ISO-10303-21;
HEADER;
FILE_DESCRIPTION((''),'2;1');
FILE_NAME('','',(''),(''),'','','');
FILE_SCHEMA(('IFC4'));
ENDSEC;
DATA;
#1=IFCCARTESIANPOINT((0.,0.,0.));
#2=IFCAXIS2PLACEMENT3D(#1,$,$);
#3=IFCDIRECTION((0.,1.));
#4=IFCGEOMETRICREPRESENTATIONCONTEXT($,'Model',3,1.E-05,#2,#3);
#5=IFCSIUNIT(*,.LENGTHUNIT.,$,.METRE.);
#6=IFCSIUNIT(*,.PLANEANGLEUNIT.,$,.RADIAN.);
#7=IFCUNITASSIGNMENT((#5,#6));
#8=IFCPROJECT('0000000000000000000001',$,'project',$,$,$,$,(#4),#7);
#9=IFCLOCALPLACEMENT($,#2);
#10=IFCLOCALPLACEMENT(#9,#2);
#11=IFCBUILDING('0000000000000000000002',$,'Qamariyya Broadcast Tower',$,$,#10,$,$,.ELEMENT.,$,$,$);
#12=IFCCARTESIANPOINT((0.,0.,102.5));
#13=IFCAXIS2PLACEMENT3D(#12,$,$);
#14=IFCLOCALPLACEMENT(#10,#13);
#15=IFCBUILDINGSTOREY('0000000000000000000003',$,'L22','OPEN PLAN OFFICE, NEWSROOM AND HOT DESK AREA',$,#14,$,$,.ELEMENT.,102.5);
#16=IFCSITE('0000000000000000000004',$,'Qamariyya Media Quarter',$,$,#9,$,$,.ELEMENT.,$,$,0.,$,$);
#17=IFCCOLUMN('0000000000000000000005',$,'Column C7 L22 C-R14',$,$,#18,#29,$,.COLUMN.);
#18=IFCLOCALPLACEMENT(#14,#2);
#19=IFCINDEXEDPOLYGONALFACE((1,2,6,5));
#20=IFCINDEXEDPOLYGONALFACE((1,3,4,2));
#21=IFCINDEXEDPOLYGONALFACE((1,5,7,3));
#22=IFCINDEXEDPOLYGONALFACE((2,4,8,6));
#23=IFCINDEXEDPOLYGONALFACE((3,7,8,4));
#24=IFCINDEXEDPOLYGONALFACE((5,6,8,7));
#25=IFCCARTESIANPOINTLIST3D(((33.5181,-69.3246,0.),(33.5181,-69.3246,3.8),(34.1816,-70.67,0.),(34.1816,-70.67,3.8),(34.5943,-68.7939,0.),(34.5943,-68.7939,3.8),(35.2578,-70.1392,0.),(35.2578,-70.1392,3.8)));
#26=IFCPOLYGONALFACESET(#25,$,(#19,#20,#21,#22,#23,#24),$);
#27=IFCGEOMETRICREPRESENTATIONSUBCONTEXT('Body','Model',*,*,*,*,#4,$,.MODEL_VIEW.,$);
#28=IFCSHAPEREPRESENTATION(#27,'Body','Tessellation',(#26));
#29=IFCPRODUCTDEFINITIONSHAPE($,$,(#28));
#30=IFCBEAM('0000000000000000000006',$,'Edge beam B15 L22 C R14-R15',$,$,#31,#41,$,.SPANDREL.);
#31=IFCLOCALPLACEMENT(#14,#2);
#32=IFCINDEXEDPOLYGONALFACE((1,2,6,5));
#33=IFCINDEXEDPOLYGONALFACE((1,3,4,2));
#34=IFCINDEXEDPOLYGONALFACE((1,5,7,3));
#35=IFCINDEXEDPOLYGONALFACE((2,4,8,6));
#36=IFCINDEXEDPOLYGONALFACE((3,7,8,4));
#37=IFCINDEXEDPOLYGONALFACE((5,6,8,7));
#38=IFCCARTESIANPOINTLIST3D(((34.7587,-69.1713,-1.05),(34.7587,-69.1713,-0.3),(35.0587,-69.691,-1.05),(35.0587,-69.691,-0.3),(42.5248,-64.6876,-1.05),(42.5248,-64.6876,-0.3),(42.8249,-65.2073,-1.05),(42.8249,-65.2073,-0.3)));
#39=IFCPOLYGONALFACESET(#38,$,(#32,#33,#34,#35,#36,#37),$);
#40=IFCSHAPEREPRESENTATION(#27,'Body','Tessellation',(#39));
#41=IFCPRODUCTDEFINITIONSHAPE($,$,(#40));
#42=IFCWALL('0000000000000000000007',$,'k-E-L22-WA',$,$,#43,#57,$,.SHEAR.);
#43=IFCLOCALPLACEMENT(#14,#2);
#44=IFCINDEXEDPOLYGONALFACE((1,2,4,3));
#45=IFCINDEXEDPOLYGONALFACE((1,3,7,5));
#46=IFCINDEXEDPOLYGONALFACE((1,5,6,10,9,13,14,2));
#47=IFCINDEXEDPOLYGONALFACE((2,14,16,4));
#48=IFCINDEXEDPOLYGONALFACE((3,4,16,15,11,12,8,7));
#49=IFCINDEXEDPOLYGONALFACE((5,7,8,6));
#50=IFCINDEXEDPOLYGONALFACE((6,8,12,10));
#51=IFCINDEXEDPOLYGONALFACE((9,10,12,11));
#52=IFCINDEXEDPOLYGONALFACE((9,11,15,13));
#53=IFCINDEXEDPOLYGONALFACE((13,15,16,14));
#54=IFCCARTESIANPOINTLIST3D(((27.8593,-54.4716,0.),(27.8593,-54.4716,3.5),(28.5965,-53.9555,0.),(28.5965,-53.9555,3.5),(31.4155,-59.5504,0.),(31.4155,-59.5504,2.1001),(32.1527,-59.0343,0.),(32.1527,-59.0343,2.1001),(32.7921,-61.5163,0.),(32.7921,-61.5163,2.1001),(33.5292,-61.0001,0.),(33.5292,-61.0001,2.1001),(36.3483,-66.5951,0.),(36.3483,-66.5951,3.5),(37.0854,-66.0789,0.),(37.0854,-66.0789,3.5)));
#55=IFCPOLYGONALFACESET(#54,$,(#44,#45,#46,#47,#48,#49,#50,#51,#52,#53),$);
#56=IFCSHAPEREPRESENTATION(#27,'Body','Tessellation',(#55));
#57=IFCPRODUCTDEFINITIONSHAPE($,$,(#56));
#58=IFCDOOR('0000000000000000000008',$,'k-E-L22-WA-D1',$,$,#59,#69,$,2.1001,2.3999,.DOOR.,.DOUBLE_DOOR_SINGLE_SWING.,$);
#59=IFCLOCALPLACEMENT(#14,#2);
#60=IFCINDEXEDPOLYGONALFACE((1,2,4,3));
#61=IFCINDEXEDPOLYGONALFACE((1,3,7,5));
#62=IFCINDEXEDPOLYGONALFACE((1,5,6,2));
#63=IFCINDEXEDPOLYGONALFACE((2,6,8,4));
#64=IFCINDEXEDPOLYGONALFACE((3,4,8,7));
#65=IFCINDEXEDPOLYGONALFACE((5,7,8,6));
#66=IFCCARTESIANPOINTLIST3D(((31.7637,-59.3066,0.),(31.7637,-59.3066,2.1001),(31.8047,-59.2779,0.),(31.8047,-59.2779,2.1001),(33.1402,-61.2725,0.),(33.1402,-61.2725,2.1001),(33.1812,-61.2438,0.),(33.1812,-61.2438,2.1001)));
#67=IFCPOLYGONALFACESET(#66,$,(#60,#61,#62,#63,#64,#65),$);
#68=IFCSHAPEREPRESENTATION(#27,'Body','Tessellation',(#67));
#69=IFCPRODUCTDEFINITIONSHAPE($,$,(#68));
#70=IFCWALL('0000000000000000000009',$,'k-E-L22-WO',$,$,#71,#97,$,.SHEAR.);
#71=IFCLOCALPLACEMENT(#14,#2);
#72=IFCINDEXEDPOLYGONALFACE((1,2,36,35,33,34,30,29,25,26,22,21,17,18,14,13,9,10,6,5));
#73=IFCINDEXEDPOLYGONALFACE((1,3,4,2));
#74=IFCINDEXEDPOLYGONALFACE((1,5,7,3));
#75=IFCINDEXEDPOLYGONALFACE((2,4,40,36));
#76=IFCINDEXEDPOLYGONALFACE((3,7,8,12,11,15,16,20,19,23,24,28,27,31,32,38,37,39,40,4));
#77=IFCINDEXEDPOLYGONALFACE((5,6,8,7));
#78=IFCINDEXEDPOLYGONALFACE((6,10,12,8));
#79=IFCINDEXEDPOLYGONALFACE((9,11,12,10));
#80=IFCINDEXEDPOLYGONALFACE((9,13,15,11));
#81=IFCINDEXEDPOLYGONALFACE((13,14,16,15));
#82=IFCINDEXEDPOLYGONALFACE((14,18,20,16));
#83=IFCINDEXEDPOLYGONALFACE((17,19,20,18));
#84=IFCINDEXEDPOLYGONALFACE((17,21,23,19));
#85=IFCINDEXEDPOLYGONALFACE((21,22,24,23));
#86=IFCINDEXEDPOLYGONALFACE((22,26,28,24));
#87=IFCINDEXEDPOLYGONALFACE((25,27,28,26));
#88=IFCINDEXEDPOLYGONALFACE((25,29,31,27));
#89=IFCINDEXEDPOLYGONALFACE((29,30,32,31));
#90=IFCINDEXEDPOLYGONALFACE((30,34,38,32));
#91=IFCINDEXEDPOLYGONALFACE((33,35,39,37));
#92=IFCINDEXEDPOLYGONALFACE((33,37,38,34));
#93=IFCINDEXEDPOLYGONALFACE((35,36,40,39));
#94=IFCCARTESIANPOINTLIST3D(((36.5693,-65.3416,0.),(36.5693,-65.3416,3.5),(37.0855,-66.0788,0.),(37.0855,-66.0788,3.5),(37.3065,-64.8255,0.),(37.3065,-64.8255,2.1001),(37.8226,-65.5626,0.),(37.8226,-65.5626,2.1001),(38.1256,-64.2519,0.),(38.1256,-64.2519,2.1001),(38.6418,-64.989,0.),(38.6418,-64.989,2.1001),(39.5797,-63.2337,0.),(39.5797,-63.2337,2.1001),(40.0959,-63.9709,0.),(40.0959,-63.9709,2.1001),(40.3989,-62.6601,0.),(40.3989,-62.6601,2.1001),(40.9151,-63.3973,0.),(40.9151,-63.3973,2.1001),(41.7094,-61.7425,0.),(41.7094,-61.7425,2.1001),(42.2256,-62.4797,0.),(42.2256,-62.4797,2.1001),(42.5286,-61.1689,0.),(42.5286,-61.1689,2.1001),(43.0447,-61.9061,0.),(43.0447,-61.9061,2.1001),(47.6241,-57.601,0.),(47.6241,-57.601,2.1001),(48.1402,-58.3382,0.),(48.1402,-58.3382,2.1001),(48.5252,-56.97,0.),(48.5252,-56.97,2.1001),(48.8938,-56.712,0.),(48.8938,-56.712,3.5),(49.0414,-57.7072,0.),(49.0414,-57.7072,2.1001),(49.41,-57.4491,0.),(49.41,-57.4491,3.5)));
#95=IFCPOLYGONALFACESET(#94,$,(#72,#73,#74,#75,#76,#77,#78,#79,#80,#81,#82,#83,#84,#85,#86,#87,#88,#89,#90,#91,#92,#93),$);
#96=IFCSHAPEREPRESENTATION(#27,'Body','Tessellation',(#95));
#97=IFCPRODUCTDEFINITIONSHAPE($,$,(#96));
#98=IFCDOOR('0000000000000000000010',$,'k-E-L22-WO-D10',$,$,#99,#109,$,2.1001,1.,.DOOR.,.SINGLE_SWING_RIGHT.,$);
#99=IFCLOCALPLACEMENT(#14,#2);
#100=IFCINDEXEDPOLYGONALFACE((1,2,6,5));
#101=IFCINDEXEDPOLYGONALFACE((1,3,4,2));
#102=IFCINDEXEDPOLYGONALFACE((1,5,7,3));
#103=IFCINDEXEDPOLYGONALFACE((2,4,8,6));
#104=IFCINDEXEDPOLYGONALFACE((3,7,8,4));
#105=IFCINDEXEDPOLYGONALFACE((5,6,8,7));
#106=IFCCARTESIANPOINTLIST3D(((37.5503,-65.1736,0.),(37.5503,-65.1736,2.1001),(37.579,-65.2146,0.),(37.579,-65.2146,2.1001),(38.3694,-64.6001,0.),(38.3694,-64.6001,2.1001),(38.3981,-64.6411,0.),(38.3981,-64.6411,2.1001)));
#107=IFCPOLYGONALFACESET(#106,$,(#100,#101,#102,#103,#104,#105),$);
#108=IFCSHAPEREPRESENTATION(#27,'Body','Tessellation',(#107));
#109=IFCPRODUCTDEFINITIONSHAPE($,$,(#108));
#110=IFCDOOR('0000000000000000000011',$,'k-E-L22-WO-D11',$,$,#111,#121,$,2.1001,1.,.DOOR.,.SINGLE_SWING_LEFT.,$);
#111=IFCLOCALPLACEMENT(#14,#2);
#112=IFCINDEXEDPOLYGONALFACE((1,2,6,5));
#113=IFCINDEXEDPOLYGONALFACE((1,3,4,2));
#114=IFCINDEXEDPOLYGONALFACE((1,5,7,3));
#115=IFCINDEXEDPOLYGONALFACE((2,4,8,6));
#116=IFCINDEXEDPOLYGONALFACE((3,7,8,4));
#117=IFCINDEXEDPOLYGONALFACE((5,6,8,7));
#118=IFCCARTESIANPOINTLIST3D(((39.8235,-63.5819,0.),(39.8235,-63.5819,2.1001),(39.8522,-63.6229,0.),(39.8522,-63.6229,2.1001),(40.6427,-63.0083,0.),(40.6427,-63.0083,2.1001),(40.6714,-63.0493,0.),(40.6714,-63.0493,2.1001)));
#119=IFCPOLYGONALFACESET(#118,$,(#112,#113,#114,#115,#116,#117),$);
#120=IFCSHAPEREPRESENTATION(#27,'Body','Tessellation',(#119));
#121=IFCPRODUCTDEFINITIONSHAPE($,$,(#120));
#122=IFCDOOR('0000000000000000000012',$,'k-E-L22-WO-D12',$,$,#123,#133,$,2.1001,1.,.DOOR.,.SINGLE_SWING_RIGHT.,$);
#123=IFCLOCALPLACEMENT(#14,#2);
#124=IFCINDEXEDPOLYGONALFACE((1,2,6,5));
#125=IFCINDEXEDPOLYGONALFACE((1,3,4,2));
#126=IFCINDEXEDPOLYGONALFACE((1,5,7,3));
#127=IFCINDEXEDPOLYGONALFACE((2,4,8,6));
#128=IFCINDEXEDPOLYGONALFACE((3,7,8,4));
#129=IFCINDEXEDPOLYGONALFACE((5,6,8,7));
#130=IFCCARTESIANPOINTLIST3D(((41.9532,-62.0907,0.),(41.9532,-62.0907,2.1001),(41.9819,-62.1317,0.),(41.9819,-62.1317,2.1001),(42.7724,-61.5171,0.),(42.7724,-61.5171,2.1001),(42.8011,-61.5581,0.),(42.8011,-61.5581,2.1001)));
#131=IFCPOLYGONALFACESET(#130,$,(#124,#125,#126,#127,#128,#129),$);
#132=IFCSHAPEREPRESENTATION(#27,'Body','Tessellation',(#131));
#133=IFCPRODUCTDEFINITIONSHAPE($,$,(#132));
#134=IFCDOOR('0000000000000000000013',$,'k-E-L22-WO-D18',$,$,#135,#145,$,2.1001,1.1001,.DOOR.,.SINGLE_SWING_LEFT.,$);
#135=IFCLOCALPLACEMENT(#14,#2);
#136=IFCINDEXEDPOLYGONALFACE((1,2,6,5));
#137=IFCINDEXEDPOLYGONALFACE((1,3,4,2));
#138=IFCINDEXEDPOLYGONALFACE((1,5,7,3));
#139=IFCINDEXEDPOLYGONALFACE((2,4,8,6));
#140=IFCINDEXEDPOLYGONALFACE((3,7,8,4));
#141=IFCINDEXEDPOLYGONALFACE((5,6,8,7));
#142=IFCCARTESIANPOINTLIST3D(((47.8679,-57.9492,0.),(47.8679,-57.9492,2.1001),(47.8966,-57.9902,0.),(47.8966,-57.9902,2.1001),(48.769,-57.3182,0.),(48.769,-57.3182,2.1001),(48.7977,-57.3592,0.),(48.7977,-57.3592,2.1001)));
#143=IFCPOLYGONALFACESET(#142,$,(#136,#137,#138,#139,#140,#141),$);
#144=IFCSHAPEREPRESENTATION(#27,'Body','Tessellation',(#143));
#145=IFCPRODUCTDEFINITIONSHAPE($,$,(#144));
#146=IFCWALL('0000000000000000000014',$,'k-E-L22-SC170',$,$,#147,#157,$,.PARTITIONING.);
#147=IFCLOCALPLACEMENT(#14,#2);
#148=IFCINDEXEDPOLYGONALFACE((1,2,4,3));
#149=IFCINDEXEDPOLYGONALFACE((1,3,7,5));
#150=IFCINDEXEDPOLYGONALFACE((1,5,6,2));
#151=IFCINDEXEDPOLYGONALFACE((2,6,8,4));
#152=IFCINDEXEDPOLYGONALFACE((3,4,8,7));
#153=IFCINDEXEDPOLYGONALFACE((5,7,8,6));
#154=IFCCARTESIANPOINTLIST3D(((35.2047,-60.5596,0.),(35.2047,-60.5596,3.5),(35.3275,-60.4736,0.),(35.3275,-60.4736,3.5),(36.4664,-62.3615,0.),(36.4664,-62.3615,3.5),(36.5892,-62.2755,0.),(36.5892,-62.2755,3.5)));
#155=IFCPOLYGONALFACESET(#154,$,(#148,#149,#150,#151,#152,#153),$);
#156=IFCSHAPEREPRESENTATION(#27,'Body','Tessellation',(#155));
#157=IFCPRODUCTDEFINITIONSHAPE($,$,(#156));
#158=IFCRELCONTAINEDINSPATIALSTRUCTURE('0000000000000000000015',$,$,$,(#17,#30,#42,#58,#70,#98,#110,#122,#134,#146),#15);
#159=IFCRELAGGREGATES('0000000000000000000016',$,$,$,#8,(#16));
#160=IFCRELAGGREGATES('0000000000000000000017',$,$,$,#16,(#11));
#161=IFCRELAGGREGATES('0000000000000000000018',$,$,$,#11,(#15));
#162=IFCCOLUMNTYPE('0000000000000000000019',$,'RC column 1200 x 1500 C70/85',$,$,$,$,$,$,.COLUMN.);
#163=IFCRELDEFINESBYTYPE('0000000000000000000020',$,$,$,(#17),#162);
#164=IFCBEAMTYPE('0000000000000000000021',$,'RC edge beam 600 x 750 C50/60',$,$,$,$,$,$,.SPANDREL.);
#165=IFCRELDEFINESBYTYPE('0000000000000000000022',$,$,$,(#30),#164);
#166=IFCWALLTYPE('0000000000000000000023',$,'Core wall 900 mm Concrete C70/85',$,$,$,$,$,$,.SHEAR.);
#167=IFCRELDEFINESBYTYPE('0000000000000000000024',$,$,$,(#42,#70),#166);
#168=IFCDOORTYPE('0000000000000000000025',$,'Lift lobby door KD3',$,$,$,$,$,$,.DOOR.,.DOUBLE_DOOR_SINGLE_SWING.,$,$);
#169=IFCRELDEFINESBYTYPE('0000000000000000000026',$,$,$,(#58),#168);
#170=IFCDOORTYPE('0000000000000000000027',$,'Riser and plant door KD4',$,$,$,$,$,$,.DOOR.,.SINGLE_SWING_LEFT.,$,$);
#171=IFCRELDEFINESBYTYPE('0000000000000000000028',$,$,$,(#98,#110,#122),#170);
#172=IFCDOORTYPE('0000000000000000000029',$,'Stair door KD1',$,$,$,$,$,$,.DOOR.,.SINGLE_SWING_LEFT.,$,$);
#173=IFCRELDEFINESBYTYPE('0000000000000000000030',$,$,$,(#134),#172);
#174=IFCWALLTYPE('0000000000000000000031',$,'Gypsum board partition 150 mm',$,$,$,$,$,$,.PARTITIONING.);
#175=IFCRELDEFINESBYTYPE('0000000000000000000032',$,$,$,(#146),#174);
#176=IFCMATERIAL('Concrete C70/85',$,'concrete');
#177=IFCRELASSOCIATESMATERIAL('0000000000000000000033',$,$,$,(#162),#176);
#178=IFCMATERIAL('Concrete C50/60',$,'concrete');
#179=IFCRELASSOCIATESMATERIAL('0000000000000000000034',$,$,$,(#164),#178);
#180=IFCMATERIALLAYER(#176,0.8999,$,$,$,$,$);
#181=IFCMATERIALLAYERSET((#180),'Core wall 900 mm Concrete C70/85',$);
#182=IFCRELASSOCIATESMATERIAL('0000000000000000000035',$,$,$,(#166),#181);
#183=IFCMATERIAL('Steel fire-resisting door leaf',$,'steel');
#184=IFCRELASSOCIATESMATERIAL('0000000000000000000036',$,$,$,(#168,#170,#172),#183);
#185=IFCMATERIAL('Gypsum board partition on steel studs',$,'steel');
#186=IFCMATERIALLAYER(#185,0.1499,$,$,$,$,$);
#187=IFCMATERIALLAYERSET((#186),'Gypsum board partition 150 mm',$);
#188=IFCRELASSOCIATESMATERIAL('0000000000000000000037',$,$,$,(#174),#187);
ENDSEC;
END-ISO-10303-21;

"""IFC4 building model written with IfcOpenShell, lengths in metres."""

from ifc_helpers import new_model, si_unit, direction, frame, frame_2d, origin, origin_2d, place, context, subcontext, project, spatial, rectangle, extrude, material, layer, layer_set, material_profile, profile_set, type_object, element, fill, save


model = new_model("IFC4")

# Units and contexts
model_context = context("Model", 3, precision=1e-05, world=origin(), true_north=direction((0.0, 1.0)))
body_context = subcontext(model_context, "Body", "Model", "MODEL_VIEW")
ifc_project = project(units=[si_unit("LENGTHUNIT", "METRE"), si_unit("PLANEANGLEUNIT", "RADIAN")], contexts=[model_context])

# Site, building, storey
site_placement = place(None, origin())
site = spatial("IfcSite", under=ifc_project, at=site_placement, Name="Qamariyya Media Quarter", CompositionType="ELEMENT", RefElevation=0.0)
building_placement = place(site_placement, origin())
building = spatial("IfcBuilding", under=site, at=building_placement, Name="Qamariyya Broadcast Tower", CompositionType="ELEMENT")
storey_placement = place(building_placement, frame((0.0, 0.0, 102.5)))
storey = spatial("IfcBuildingStorey", under=building, at=storey_placement, Name="L22", Description="OPEN PLAN OFFICE, NEWSROOM AND HOT DESK AREA", CompositionType="ELEMENT", Elevation=102.5)

# Column
ifc_material_1 = material(Name="Concrete C70/85", Category="concrete")
ifc_material_profile_1 = material_profile(ifc_material_1, rectangle(XDim=1.2, YDim=1.5, at=origin_2d()))
ifc_profile_set_1 = profile_set([ifc_material_profile_1], Name="Concrete C70/85")
column_type = type_object("IfcColumnType", Name="RC column 1200 x 1500 C70/85", PredefinedType="COLUMN", material=ifc_profile_set_1)
column_placement = place(storey_placement, frame((34.3879, -69.7319, 0.0), z_axis=(0.0, 0.0, 1.0), x_axis=(0.896873, 0.442289, 0.0)))
element("IfcColumn", 1, at=column_placement, inside=storey, type_object=column_type, Name="Column C7 L22 C-R14", PredefinedType="COLUMN", context=body_context, shape_type="SweptSolid", body=[
    extrude(rectangle(XDim=1.2, YDim=1.5, at=origin_2d()), origin(), (0.0, 0.0, 1.0), 3.8),
])

# Beam
ifc_material_2 = material(Name="Concrete C50/60", Category="concrete")
ifc_material_profile_2 = material_profile(ifc_material_2, rectangle(XDim=0.6001, YDim=0.75, at=origin_2d()))
ifc_profile_set_2 = profile_set([ifc_material_profile_2], Name="Concrete C50/60")
beam_type = type_object("IfcBeamType", Name="RC edge beam 600 x 750 C50/60", PredefinedType="SPANDREL", material=ifc_profile_set_2)
beam_placement = place(storey_placement, frame((34.9087, -69.4312, -0.675), z_axis=(0.866031, 0.49999, 0.0), x_axis=(-0.49999, 0.866031, 0.0)))
element("IfcBeam", 2, at=beam_placement, inside=storey, type_object=beam_type, Name="Edge beam B15 L22 C R14-R15", PredefinedType="SPANDREL", context=body_context, shape_type="SweptSolid", body=[
    extrude(rectangle(XDim=0.6001, YDim=0.75, at=origin_2d()), origin(), (0.0, 0.0, 1.0), 8.9675),
])

# Wall, opening, door
ifc_layer_1 = layer(ifc_material_1, 0.8999)
ifc_layer_set_1 = layer_set([ifc_layer_1], Name="Core wall 900 mm Concrete C70/85")
wall_type_1 = type_object("IfcWallType", Name="Core wall 900 mm Concrete C70/85", PredefinedType="SHEAR", material=ifc_layer_set_1)
wall_1_placement = place(storey_placement, frame((36.7168, -66.3369, 0.0), z_axis=(0.0, 0.0, 1.0), x_axis=(-0.573577, 0.819151, 0.0)))
wall_1 = element("IfcWall", 3, at=wall_1_placement, inside=storey, type_object=wall_type_1, Name="k-E-L22-WA", PredefinedType="SHEAR", context=body_context, shape_type="SweptSolid", body=[
    extrude(rectangle(XDim=14.8, YDim=0.8999, at=frame_2d((7.3999, 0.0))), origin(), (0.0, 0.0, 1.0), 3.5),
])
opening_1_placement = place(wall_1_placement, frame((6.2, 0.0, 0.0)))
opening_1 = element("IfcOpeningElement", 4, at=opening_1_placement, cuts=wall_1, PredefinedType="OPENING", context=body_context, shape_type="SweptSolid", body=[
    extrude(rectangle(XDim=2.3999, YDim=2.1001, at=frame_2d((1.2, 1.05))), frame((0.0, 0.46, 0.0), z_axis=(0.0, -1.0, 0.0), x_axis=(1.0, 0.0, 0.0)), (0.0, 0.0, 1.0), 0.9199),
])
ifc_material_3 = material(Name="Steel fire-resisting door leaf", Category="steel")
door_type_1 = type_object("IfcDoorType", Name="Lift lobby door KD3", OperationType="DOUBLE_DOOR_SINGLE_SWING", PredefinedType="DOOR", material=ifc_material_3)
door_1_placement = place(opening_1_placement, origin())
door_1 = element("IfcDoor", 5, at=door_1_placement, inside=storey, type_object=door_type_1, Name="k-E-L22-WA-D1", OperationType="DOUBLE_DOOR_SINGLE_SWING", OverallHeight=2.1001, OverallWidth=2.3999, PredefinedType="DOOR", context=body_context, shape_type="SweptSolid", body=[
    extrude(rectangle(XDim=2.3999, YDim=2.1001, at=frame_2d((1.2, 1.05))), frame((0.0, 0.0249, 0.0), z_axis=(0.0, -1.0, 0.0), x_axis=(1.0, 0.0, 0.0)), (0.0, 0.0, 1.0), 0.05),
])
fill(opening_1, door_1)

# Wall, openings, doors
wall_2_placement = place(storey_placement, frame((36.8274, -65.7102, 0.0), z_axis=(0.0, 0.0, 1.0), x_axis=(0.819153, 0.573575, 0.0)))
wall_2 = element("IfcWall", 6, at=wall_2_placement, inside=storey, type_object=wall_type_1, Name="k-E-L22-WO", PredefinedType="SHEAR", context=body_context, shape_type="SweptSolid", body=[
    extrude(rectangle(XDim=15.0454, YDim=0.8999, at=frame_2d((7.5227, 0.0))), origin(), (0.0, 0.0, 1.0), 3.5),
])
opening_2_placement = place(wall_2_placement, frame((0.8999, 0.0, 0.0)))
opening_2 = element("IfcOpeningElement", 7, at=opening_2_placement, cuts=wall_2, PredefinedType="OPENING", context=body_context, shape_type="SweptSolid", body=[
    extrude(rectangle(XDim=1.0, YDim=2.1001, at=frame_2d((0.5, 1.05))), frame((0.0, 0.46, 0.0), z_axis=(0.0, -1.0, 0.0), x_axis=(1.0, 0.0, 0.0)), (0.0, 0.0, 1.0), 0.9199),
])
opening_3_placement = place(wall_2_placement, frame((3.675, 0.0, 0.0)))
opening_3 = element("IfcOpeningElement", 8, at=opening_3_placement, cuts=wall_2, PredefinedType="OPENING", context=body_context, shape_type="SweptSolid", body=[
    extrude(rectangle(XDim=1.0, YDim=2.1001, at=frame_2d((0.5, 1.05))), frame((0.0, 0.46, 0.0), z_axis=(0.0, -1.0, 0.0), x_axis=(1.0, 0.0, 0.0)), (0.0, 0.0, 1.0), 0.9199),
])
opening_4_placement = place(wall_2_placement, frame((6.2749, 0.0, 0.0)))
opening_4 = element("IfcOpeningElement", 9, at=opening_4_placement, cuts=wall_2, PredefinedType="OPENING", context=body_context, shape_type="SweptSolid", body=[
    extrude(rectangle(XDim=1.0, YDim=2.1001, at=frame_2d((0.5, 1.05))), frame((0.0, 0.46, 0.0), z_axis=(0.0, -1.0, 0.0), x_axis=(1.0, 0.0, 0.0)), (0.0, 0.0, 1.0), 0.9199),
])
opening_5_placement = place(wall_2_placement, frame((13.4954, 0.0, 0.0)))
opening_5 = element("IfcOpeningElement", 10, at=opening_5_placement, cuts=wall_2, PredefinedType="OPENING", context=body_context, shape_type="SweptSolid", body=[
    extrude(rectangle(XDim=1.1001, YDim=2.1001, at=frame_2d((0.55, 1.05))), frame((0.0, 0.46, 0.0), z_axis=(0.0, -1.0, 0.0), x_axis=(1.0, 0.0, 0.0)), (0.0, 0.0, 1.0), 0.9199),
])
door_type_2 = type_object("IfcDoorType", Name="Riser and plant door KD4", OperationType="SINGLE_SWING_LEFT", PredefinedType="DOOR", material=ifc_material_3)
door_2_placement = place(opening_2_placement, origin())
door_2 = element("IfcDoor", 11, at=door_2_placement, inside=storey, type_object=door_type_2, Name="k-E-L22-WO-D10", OperationType="SINGLE_SWING_RIGHT", OverallHeight=2.1001, OverallWidth=1.0, PredefinedType="DOOR", context=body_context, shape_type="SweptSolid", body=[
    extrude(rectangle(XDim=1.0, YDim=2.1001, at=frame_2d((0.5, 1.05))), frame((0.0, 0.0249, 0.0), z_axis=(0.0, -1.0, 0.0), x_axis=(1.0, 0.0, 0.0)), (0.0, 0.0, 1.0), 0.05),
])
fill(opening_2, door_2)
door_3_placement = place(opening_3_placement, origin())
door_3 = element("IfcDoor", 12, at=door_3_placement, inside=storey, type_object=door_type_2, Name="k-E-L22-WO-D11", OperationType="SINGLE_SWING_LEFT", OverallHeight=2.1001, OverallWidth=1.0, PredefinedType="DOOR", context=body_context, shape_type="SweptSolid", body=[
    extrude(rectangle(XDim=1.0, YDim=2.1001, at=frame_2d((0.5, 1.05))), frame((0.0, 0.0249, 0.0), z_axis=(0.0, -1.0, 0.0), x_axis=(1.0, 0.0, 0.0)), (0.0, 0.0, 1.0), 0.05),
])
fill(opening_3, door_3)
door_4_placement = place(opening_4_placement, origin())
door_4 = element("IfcDoor", 13, at=door_4_placement, inside=storey, type_object=door_type_2, Name="k-E-L22-WO-D12", OperationType="SINGLE_SWING_RIGHT", OverallHeight=2.1001, OverallWidth=1.0, PredefinedType="DOOR", context=body_context, shape_type="SweptSolid", body=[
    extrude(rectangle(XDim=1.0, YDim=2.1001, at=frame_2d((0.5, 1.05))), frame((0.0, 0.0249, 0.0), z_axis=(0.0, -1.0, 0.0), x_axis=(1.0, 0.0, 0.0)), (0.0, 0.0, 1.0), 0.05),
])
fill(opening_4, door_4)
door_type_3 = type_object("IfcDoorType", Name="Stair door KD1", OperationType="SINGLE_SWING_LEFT", PredefinedType="DOOR", material=ifc_material_3)
door_5_placement = place(opening_5_placement, origin())
door_5 = element("IfcDoor", 14, at=door_5_placement, inside=storey, type_object=door_type_3, Name="k-E-L22-WO-D18", OperationType="SINGLE_SWING_LEFT", OverallHeight=2.1001, OverallWidth=1.1001, PredefinedType="DOOR", context=body_context, shape_type="SweptSolid", body=[
    extrude(rectangle(XDim=1.1001, YDim=2.1001, at=frame_2d((0.55, 1.05))), frame((0.0, 0.0249, 0.0), z_axis=(0.0, -1.0, 0.0), x_axis=(1.0, 0.0, 0.0)), (0.0, 0.0, 1.0), 0.05),
])
fill(opening_5, door_5)

# Wall
ifc_material_4 = material(Name="Gypsum board partition on steel studs", Category="steel")
ifc_layer_2 = layer(ifc_material_4, 0.1499)
ifc_layer_set_2 = layer_set([ifc_layer_2], Name="Gypsum board partition 150 mm")
wall_type_2 = type_object("IfcWallType", Name="Gypsum board partition 150 mm", PredefinedType="PARTITIONING", material=ifc_layer_set_2)
wall_3_placement = place(storey_placement, frame((35.2661, -60.5166, 0.0), z_axis=(0.0, 0.0, 1.0), x_axis=(0.573559, -0.819164, 0.0)))
element("IfcWall", 15, at=wall_3_placement, inside=storey, type_object=wall_type_2, Name="k-E-L22-SC170", PredefinedType="PARTITIONING", context=body_context, shape_type="SweptSolid", body=[
    extrude(rectangle(XDim=2.1997, YDim=0.1499, at=frame_2d((1.0999, 0.0))), origin(), (0.0, 0.0, 1.0), 3.5),
])

save(model, "model.ifc")
